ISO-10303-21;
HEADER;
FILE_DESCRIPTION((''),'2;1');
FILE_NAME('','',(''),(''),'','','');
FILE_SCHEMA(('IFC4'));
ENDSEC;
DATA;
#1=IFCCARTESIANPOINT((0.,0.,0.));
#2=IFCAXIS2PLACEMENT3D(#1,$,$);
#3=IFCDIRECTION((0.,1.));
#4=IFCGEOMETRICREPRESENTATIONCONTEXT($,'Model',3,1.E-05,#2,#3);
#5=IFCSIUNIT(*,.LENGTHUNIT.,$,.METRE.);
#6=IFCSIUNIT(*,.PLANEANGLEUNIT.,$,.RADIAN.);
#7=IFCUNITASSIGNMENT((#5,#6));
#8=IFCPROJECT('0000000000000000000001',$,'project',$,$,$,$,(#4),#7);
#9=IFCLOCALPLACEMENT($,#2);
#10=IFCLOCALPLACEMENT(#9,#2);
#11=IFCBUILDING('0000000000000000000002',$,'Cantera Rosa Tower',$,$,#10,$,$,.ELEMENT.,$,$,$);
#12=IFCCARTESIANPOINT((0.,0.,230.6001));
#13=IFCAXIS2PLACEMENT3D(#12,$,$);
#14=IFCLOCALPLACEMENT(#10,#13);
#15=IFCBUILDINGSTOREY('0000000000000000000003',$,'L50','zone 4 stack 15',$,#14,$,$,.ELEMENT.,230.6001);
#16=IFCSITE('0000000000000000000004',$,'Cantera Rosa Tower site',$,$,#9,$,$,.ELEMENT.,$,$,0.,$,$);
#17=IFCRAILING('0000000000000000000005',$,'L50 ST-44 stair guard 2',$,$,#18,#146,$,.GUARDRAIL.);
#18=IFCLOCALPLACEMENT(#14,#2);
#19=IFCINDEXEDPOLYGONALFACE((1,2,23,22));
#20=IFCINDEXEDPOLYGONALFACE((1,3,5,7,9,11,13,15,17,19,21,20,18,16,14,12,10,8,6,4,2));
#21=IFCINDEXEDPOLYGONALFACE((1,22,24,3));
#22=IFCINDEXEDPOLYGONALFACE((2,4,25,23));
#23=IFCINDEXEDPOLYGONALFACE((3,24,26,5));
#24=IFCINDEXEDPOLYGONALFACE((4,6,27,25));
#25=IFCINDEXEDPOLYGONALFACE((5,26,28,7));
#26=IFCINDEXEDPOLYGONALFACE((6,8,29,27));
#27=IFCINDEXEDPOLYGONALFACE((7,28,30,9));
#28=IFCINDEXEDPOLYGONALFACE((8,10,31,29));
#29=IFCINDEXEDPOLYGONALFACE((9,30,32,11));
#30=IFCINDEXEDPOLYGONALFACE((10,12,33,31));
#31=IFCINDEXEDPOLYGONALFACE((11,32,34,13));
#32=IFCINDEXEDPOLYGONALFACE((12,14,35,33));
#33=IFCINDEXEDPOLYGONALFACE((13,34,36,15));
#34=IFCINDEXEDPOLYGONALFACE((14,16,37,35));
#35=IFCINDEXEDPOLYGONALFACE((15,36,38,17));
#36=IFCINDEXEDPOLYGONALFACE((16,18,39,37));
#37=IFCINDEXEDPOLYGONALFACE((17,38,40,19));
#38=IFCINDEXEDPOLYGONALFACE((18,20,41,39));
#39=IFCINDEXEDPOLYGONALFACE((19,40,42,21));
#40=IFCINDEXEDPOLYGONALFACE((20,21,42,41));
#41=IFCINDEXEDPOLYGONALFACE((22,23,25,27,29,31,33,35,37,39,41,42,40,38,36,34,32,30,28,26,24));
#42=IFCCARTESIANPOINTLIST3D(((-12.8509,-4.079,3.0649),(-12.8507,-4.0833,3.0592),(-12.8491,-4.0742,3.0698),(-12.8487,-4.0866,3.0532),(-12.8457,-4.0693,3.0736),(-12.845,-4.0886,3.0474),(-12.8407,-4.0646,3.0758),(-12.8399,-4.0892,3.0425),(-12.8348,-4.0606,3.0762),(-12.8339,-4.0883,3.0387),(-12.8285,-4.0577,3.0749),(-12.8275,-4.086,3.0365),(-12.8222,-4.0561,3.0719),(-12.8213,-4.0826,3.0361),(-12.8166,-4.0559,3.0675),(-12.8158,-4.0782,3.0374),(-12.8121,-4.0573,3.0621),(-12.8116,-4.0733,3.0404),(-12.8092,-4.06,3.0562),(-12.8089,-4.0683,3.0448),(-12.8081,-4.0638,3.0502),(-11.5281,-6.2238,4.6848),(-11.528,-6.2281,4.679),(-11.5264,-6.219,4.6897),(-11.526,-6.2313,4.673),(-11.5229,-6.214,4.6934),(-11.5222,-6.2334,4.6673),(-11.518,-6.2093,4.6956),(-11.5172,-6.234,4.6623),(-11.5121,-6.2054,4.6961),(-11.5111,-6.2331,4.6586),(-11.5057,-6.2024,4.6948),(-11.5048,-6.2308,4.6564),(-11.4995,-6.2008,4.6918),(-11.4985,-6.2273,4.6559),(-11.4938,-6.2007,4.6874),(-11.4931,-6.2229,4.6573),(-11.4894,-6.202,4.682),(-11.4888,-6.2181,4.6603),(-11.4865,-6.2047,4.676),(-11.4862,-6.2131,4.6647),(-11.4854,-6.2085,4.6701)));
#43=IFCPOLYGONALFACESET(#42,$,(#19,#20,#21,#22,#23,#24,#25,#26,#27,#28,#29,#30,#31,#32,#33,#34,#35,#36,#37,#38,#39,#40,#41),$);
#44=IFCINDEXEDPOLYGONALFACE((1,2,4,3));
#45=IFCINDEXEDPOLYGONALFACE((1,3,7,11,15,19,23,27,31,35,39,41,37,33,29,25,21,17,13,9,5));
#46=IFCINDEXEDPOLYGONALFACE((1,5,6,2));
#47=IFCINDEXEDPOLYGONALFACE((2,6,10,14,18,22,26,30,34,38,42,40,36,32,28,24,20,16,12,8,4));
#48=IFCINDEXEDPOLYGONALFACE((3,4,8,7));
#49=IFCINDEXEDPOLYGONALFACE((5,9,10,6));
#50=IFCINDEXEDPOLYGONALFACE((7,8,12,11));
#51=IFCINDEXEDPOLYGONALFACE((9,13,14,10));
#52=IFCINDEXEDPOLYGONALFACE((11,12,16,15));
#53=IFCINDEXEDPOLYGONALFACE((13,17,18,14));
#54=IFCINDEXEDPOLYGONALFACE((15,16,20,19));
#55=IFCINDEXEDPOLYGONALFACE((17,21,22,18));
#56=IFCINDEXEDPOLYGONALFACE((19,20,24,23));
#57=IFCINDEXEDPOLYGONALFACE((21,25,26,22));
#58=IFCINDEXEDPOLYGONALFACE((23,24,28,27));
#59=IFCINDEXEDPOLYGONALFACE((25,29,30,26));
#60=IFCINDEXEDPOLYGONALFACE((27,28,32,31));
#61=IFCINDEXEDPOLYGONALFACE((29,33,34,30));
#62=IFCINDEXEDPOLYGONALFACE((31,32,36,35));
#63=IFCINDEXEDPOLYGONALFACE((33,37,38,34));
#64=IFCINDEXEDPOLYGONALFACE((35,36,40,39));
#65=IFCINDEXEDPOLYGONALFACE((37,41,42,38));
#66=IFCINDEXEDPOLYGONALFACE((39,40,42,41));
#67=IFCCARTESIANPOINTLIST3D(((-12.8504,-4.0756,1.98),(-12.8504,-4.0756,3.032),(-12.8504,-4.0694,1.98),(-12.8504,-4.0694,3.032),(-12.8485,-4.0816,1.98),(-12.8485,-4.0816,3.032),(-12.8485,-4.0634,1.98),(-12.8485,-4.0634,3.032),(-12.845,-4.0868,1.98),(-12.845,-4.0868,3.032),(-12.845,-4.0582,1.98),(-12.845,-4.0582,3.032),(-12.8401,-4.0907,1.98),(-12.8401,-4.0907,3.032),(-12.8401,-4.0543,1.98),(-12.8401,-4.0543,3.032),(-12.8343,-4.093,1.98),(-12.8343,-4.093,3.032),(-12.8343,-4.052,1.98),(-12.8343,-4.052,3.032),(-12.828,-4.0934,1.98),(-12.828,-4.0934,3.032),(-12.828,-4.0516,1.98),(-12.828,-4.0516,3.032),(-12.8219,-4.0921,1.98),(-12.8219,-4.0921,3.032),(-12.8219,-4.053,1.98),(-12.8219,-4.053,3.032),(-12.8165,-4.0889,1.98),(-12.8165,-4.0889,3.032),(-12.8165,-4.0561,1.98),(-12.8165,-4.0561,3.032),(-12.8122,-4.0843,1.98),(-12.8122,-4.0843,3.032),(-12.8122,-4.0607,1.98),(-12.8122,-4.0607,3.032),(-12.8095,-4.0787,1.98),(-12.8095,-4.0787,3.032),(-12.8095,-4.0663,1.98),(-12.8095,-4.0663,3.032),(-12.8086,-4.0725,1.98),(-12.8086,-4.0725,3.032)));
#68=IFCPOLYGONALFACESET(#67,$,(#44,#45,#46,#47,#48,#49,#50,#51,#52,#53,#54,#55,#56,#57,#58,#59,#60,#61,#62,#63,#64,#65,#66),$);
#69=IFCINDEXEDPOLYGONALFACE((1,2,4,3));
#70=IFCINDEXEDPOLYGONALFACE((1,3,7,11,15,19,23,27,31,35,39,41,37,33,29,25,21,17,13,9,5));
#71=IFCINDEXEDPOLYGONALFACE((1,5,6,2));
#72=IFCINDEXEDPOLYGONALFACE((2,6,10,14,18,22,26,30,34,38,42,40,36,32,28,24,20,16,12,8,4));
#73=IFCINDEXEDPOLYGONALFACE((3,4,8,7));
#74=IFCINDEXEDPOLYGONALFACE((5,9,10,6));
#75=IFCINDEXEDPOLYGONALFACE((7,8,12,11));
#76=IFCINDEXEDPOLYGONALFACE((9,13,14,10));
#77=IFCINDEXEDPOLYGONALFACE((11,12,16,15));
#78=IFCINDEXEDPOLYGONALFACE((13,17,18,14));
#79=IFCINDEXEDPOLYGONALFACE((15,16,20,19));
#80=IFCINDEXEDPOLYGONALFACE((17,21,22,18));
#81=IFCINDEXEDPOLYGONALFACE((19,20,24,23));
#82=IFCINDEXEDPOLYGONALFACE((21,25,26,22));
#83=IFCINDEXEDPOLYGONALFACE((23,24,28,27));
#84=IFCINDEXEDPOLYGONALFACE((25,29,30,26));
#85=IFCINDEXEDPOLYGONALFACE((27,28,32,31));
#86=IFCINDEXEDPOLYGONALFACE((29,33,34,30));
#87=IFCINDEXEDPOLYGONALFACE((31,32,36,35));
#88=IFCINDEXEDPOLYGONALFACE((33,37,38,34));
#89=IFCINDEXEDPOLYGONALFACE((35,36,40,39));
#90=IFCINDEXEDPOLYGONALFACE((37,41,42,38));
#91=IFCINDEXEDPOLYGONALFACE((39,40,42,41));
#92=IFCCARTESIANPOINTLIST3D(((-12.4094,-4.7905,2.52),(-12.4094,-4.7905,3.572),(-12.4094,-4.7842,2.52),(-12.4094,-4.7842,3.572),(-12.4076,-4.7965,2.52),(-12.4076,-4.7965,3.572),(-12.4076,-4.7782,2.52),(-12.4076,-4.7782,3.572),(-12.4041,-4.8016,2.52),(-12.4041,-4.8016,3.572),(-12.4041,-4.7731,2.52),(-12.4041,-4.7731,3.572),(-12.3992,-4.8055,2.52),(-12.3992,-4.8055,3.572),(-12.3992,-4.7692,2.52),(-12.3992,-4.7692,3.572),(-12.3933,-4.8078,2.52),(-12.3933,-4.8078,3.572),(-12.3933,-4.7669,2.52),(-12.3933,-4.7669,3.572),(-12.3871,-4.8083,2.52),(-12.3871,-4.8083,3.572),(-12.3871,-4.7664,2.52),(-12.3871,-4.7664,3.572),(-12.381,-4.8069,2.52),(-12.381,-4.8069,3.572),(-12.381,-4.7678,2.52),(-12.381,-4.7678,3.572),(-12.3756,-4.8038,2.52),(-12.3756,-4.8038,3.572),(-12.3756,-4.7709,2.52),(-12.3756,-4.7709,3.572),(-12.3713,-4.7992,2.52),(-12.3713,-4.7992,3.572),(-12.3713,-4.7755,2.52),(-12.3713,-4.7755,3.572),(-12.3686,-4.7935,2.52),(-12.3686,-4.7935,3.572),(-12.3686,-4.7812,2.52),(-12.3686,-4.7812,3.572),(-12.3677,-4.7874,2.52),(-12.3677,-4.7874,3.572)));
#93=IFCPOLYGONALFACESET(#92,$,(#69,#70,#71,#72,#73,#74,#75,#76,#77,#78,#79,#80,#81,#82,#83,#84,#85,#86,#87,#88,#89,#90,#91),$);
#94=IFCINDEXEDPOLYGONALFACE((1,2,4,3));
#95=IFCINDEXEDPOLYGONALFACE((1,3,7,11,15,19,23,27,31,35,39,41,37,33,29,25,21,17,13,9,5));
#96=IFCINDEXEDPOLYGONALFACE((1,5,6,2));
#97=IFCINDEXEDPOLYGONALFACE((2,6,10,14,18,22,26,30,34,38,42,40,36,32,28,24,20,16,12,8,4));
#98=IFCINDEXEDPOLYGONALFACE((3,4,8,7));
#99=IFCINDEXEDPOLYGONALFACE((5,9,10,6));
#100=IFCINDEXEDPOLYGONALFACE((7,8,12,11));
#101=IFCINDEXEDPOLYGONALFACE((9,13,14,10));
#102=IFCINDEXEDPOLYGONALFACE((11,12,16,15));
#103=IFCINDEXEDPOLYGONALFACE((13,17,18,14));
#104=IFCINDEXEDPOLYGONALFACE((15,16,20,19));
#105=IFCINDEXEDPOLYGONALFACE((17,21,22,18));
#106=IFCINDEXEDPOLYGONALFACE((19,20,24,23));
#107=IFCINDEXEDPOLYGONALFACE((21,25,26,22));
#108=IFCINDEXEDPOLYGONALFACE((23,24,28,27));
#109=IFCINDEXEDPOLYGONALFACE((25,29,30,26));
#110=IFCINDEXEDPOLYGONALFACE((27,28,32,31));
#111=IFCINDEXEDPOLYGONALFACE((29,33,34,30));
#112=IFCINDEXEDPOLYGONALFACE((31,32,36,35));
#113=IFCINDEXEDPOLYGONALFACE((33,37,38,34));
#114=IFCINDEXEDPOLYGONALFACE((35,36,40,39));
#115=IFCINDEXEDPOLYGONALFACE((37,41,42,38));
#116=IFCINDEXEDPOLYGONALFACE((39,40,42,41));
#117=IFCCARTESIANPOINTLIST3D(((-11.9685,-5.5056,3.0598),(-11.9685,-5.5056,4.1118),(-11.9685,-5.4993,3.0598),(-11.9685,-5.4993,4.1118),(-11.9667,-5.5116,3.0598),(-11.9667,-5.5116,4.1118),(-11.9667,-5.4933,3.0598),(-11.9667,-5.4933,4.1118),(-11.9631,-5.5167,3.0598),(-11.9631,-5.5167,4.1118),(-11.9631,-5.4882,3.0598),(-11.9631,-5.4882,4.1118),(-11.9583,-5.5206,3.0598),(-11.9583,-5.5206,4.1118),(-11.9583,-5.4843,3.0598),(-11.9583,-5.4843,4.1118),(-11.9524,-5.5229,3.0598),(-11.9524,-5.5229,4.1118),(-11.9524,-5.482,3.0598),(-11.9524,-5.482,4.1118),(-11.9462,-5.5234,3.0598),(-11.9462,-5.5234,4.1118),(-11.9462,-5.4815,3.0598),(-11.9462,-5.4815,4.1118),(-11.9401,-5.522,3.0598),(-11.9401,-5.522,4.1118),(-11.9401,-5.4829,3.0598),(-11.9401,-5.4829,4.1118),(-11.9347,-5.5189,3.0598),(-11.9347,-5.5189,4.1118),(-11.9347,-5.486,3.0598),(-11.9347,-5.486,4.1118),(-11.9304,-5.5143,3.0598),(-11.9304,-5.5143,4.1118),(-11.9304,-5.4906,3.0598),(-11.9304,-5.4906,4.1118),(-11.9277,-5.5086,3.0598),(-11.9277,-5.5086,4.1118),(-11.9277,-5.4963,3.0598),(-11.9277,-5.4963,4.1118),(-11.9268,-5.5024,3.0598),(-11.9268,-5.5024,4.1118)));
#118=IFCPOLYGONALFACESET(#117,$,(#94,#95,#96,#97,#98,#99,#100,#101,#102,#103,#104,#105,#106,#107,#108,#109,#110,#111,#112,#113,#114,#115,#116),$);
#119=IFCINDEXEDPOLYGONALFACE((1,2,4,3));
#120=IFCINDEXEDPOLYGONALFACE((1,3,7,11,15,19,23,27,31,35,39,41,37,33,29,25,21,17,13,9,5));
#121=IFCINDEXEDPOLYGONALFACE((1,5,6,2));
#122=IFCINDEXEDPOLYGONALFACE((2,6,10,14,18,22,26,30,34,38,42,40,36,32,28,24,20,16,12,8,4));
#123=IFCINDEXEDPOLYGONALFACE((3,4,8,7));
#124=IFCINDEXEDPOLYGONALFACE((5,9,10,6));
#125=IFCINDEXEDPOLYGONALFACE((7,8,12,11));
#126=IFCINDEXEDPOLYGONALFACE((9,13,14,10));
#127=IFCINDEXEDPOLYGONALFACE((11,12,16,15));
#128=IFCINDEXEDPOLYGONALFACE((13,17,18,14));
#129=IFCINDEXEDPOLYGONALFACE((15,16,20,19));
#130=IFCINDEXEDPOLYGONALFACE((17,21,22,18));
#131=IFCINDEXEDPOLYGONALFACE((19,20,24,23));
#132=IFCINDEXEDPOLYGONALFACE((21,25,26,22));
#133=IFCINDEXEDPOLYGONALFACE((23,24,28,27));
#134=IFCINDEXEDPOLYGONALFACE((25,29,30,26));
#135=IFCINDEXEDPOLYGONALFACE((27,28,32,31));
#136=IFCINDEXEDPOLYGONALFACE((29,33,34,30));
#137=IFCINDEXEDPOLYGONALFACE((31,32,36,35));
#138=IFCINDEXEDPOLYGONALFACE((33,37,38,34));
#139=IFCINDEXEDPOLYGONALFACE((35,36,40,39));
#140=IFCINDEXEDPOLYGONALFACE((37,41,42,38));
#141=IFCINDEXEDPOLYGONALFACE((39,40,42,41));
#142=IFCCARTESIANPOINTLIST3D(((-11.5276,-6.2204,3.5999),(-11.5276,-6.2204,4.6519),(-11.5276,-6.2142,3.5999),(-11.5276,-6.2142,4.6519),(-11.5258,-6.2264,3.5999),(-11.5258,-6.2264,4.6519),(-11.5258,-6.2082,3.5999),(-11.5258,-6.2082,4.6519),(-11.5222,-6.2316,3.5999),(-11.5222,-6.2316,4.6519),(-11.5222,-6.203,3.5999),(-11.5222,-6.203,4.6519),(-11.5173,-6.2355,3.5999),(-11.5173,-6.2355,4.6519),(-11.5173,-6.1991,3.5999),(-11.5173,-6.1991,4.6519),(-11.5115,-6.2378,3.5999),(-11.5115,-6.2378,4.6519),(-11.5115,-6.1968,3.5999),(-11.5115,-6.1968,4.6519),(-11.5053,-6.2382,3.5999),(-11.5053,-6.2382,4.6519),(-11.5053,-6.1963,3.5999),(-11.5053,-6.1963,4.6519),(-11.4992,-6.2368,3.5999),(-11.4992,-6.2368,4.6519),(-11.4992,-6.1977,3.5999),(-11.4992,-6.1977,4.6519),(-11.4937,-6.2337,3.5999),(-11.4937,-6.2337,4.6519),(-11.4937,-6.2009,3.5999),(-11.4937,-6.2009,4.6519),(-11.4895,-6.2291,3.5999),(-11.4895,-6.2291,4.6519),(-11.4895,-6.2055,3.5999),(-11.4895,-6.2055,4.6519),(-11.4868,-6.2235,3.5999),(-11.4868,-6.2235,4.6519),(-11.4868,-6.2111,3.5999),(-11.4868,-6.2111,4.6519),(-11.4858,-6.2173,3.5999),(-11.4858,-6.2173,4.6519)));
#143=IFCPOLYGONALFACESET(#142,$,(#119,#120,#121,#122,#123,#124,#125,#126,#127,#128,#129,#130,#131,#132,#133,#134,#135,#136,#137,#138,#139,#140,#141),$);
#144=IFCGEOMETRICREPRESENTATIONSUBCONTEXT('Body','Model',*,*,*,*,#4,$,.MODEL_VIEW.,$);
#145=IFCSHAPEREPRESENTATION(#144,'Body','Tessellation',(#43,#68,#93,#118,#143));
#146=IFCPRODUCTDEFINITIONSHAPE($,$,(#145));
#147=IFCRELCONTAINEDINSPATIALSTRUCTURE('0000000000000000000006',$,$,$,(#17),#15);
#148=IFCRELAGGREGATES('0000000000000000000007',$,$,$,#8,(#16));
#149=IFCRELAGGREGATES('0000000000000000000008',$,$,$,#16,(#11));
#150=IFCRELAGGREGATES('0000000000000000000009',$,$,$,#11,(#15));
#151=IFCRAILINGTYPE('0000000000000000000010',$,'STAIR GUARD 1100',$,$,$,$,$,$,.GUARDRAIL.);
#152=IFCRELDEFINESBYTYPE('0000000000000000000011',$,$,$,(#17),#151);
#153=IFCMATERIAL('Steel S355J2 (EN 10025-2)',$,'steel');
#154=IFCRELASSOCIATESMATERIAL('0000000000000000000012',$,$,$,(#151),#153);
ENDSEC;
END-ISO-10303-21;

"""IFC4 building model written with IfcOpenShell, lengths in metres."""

from ifc_helpers import new_model, si_unit, direction, frame, origin, origin_2d, place, context, subcontext, project, spatial, circle, extrude, material, type_object, element, save


model = new_model("IFC4")

# Units and contexts
model_context = context("Model", 3, precision=1e-05, world=origin(), true_north=direction((0.0, 1.0)))
body_context = subcontext(model_context, "Body", "Model", "MODEL_VIEW")
ifc_project = project(units=[si_unit("LENGTHUNIT", "METRE"), si_unit("PLANEANGLEUNIT", "RADIAN")], contexts=[model_context])

# Site, building, storey
site_placement = place(None, origin())
site = spatial("IfcSite", under=ifc_project, at=site_placement, Name="Cantera Rosa Tower site", CompositionType="ELEMENT", RefElevation=0.0)
building_placement = place(site_placement, origin())
building = spatial("IfcBuilding", under=site, at=building_placement, Name="Cantera Rosa Tower", CompositionType="ELEMENT")
storey_placement = place(building_placement, frame((0.0, 0.0, 230.6001)))
storey = spatial("IfcBuildingStorey", under=building, at=storey_placement, Name="L50", Description="zone 4 stack 15", CompositionType="ELEMENT", Elevation=230.6001)

# Railing
ifc_material_1 = material(Name="Steel S355J2 (EN 10025-2)", Category="steel")
railing_type_1 = type_object("IfcRailingType", Name="STAIR GUARD 1100", PredefinedType="GUARDRAIL", material=ifc_material_1)
railing_1_placement = place(storey_placement, frame((-12.8296, -4.0725, 1.98)))
element("IfcRailing", 1, at=railing_1_placement, inside=storey, type_object=railing_type_1, Name="L50 ST-44 stair guard 2", PredefinedType="GUARDRAIL", context=body_context, shape_type="SweptSolid", body=[
    extrude(circle(Radius=0.0239, at=origin_2d()), frame((0.0, 0.0, 1.0762), z_axis=(0.441563, -0.715971, 0.540748), x_axis=(0.851146, 0.52493, 0.0)), (0.0, 0.0, 1.0), 2.9956),
    extrude(circle(Radius=0.021, at=origin_2d()), origin(), (0.0, 0.0, 1.0), 1.052),
    extrude(circle(Radius=0.021, at=origin_2d()), frame((0.4409, -0.7148, 0.54)), (0.0, 0.0, 1.0), 1.052),
    extrude(circle(Radius=0.021, at=origin_2d()), frame((0.8818, -1.4299, 1.0798)), (0.0, 0.0, 1.0), 1.052),
    extrude(circle(Radius=0.021, at=origin_2d()), frame((1.3228, -2.1448, 1.6199)), (0.0, 0.0, 1.0), 1.052),
])

save(model, "model.ifc")
